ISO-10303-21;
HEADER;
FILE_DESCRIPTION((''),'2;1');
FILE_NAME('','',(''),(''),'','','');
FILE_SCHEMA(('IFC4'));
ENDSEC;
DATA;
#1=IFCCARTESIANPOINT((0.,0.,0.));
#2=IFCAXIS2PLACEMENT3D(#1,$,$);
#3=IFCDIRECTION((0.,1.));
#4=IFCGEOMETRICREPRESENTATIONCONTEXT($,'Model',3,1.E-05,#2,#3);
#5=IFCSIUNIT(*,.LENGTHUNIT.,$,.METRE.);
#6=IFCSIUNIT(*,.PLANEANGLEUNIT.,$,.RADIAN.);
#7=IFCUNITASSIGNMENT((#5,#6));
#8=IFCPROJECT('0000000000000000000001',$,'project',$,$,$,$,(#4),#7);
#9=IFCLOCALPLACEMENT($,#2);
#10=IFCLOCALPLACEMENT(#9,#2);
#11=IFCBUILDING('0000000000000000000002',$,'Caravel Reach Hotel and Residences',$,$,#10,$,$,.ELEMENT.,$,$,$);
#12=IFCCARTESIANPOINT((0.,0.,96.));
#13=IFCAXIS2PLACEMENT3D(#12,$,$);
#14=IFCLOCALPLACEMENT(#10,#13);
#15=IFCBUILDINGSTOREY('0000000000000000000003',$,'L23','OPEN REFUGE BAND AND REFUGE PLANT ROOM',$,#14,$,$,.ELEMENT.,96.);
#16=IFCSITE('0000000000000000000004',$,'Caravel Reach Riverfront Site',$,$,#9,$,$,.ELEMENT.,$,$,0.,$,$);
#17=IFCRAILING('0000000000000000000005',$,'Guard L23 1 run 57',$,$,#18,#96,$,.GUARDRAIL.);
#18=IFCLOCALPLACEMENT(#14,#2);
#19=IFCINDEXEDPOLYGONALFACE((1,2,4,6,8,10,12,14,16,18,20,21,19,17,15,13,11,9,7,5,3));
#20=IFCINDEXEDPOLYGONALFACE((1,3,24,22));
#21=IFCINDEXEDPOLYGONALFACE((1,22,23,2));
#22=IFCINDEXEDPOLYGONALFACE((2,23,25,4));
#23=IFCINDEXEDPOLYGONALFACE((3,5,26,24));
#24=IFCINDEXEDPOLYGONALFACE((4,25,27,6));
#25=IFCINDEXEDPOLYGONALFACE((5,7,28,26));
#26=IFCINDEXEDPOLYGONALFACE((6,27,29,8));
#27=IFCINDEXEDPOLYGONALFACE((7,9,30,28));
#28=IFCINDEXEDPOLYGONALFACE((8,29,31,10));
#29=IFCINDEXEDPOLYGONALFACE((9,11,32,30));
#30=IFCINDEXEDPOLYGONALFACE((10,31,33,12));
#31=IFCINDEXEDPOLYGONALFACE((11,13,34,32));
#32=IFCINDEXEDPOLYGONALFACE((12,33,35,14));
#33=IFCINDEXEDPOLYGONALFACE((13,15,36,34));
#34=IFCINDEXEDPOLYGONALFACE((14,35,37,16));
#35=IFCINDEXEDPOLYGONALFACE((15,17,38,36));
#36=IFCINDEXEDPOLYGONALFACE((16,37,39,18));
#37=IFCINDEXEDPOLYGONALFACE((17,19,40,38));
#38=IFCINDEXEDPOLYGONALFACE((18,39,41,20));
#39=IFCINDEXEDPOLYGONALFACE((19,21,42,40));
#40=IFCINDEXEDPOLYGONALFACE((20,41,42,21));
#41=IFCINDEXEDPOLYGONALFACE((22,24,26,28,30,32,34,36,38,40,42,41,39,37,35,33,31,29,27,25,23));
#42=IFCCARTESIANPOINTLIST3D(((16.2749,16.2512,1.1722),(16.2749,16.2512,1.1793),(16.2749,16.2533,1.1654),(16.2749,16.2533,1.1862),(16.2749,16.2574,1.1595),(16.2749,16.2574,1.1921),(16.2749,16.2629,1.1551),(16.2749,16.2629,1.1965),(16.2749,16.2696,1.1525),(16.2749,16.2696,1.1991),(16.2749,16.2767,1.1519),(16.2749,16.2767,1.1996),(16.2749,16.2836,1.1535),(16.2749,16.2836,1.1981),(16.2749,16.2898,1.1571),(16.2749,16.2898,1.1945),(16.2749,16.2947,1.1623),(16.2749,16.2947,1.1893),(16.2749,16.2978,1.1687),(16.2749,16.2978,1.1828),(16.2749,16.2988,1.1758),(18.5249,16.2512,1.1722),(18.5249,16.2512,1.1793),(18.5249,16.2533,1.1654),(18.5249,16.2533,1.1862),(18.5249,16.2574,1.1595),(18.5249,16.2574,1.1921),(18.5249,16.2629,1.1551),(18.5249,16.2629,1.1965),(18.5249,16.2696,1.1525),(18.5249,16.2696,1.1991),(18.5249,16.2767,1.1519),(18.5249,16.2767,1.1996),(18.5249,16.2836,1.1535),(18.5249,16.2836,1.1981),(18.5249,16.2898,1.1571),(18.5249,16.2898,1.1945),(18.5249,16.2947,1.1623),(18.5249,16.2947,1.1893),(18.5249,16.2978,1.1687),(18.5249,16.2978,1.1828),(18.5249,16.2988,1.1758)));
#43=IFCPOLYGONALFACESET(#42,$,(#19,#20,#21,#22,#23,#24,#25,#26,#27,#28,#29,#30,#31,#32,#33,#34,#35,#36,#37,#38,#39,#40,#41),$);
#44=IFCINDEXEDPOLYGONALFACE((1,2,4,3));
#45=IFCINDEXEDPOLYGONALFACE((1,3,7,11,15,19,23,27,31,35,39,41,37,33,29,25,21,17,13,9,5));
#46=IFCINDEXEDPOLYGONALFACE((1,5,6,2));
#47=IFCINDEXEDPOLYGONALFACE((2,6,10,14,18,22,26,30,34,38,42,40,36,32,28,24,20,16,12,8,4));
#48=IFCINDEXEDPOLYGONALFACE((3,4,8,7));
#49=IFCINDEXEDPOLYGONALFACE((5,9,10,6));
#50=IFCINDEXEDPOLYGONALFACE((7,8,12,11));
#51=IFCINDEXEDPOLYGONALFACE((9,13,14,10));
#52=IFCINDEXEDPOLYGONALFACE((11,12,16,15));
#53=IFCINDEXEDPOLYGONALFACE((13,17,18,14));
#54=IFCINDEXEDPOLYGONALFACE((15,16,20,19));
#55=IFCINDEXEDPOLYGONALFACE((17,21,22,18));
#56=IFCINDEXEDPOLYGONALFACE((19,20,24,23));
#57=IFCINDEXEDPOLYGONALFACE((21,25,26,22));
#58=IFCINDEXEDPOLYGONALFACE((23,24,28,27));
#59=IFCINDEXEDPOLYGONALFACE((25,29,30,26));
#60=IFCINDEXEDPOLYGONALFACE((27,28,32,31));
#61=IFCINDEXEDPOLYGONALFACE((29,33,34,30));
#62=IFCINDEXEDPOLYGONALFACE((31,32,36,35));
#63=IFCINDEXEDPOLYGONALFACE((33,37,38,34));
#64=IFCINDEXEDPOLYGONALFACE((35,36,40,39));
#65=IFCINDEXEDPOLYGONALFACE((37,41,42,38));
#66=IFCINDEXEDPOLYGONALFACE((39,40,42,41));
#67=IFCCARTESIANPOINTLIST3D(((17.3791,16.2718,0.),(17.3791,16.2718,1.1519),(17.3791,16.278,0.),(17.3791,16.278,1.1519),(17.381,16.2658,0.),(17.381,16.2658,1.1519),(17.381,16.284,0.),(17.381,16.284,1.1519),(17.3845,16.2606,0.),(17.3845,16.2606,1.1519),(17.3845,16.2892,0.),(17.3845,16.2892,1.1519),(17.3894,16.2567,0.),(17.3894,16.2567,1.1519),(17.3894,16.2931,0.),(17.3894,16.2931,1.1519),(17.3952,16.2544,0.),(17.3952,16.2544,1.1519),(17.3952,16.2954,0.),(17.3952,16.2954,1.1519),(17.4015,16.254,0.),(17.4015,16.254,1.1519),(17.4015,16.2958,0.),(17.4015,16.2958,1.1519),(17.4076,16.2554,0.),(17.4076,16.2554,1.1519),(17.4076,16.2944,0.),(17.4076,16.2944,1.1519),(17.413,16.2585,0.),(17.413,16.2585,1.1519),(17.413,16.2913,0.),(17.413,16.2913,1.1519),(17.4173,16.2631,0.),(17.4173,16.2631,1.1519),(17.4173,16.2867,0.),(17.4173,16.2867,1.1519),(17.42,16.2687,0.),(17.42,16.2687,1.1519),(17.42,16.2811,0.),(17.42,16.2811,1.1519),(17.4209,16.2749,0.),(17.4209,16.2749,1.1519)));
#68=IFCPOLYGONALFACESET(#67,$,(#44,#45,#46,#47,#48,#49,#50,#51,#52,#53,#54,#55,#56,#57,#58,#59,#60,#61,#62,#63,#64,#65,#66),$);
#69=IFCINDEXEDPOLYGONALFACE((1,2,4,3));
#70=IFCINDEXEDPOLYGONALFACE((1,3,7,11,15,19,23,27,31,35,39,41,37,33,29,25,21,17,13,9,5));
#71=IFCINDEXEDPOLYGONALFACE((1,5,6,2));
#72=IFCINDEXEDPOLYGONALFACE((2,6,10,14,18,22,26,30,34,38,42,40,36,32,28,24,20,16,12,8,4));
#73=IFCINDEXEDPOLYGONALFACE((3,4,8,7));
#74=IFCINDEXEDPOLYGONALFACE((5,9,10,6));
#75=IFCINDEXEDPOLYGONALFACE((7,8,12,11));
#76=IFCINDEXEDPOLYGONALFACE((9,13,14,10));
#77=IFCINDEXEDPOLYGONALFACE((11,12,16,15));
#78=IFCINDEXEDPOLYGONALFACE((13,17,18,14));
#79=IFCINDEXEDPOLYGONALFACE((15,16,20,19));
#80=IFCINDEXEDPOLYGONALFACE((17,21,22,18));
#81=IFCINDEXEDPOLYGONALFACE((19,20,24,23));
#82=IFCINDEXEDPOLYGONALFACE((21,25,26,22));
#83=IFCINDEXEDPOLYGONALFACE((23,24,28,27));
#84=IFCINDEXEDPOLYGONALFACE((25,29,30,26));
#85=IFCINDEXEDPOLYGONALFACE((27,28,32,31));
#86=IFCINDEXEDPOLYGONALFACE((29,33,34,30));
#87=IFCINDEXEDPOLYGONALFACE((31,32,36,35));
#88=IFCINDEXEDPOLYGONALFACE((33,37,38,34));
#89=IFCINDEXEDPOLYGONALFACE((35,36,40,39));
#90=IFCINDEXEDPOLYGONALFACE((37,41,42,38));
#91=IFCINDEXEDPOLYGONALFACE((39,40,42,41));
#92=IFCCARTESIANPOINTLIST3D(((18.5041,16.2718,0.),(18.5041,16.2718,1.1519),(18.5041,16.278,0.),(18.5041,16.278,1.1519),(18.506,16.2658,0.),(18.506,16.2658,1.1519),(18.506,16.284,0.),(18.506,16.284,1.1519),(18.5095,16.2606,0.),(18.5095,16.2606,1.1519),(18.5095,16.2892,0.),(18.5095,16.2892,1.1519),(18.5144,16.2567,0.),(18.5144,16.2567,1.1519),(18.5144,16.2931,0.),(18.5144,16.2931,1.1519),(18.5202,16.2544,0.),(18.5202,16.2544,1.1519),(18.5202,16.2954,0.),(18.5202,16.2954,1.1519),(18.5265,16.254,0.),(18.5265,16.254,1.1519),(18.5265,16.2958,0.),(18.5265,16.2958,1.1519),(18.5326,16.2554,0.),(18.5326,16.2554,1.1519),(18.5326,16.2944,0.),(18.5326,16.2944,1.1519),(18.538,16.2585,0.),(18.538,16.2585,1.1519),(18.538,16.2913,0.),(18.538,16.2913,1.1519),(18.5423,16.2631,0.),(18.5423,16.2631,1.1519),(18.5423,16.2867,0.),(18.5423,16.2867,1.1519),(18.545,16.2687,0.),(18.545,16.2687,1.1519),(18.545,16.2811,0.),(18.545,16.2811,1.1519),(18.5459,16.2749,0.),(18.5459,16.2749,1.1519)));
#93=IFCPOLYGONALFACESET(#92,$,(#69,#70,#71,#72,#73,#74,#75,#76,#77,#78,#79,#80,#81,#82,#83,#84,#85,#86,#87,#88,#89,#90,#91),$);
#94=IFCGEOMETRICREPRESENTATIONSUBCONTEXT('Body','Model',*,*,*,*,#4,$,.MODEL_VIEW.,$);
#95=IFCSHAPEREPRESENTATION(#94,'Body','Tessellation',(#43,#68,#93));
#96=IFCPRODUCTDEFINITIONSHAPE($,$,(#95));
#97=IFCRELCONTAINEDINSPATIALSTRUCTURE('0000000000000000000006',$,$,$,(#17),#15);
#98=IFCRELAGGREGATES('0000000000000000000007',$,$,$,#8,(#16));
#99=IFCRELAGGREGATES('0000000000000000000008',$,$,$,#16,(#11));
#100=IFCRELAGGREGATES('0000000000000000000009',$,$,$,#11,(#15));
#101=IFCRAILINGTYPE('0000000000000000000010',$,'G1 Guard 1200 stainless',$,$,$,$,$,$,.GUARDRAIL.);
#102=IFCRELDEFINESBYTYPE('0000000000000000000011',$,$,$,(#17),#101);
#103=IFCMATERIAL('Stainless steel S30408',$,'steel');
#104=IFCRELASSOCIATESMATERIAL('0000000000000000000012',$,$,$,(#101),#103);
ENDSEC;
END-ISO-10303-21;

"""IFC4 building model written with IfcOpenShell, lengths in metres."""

from ifc_helpers import new_model, si_unit, direction, frame, origin, origin_2d, place, context, subcontext, project, spatial, circle, extrude, material, type_object, element, save


model = new_model("IFC4")

# Units and contexts
model_context = context("Model", 3, precision=1e-05, world=origin(), true_north=direction((0.0, 1.0)))
body_context = subcontext(model_context, "Body", "Model", "MODEL_VIEW")
ifc_project = project(units=[si_unit("LENGTHUNIT", "METRE"), si_unit("PLANEANGLEUNIT", "RADIAN")], contexts=[model_context])

# Site, building, storey
site_placement = place(None, origin())
site = spatial("IfcSite", under=ifc_project, at=site_placement, Name="Caravel Reach Riverfront Site", CompositionType="ELEMENT", RefElevation=0.0)
building_placement = place(site_placement, origin())
building = spatial("IfcBuilding", under=site, at=building_placement, Name="Caravel Reach Hotel and Residences", CompositionType="ELEMENT")
storey_placement = place(building_placement, frame((0.0, 0.0, 96.0)))
storey = spatial("IfcBuildingStorey", under=building, at=storey_placement, Name="L23", Description="OPEN REFUGE BAND AND REFUGE PLANT ROOM", CompositionType="ELEMENT", Elevation=96.0)

# Railing
ifc_material_1 = material(Name="Stainless steel S30408", Category="steel")
railing_type = type_object("IfcRailingType", Name="G1 Guard 1200 stainless", PredefinedType="GUARDRAIL", material=ifc_material_1)
railing_placement = place(storey_placement, frame((16.2749, 16.2749, 0.0)))
element("IfcRailing", 1, at=railing_placement, inside=storey, type_object=railing_type, Name="Guard L23 1 run 57", PredefinedType="GUARDRAIL", context=body_context, shape_type="SweptSolid", body=[
    extrude(circle(Radius=0.0239, at=origin_2d()), frame((0.0, 0.0, 1.1758), z_axis=(1.0, 0.0, 0.0), x_axis=(0.0, 1.0, 0.0)), (0.0, 0.0, 1.0), 2.25),
    extrude(circle(Radius=0.021, at=origin_2d()), frame((1.125, 0.0, 0.0)), (0.0, 0.0, 1.0), 1.1519),
    extrude(circle(Radius=0.021, at=origin_2d()), frame((2.25, 0.0, 0.0)), (0.0, 0.0, 1.0), 1.1519),
])

save(model, "model.ifc")
